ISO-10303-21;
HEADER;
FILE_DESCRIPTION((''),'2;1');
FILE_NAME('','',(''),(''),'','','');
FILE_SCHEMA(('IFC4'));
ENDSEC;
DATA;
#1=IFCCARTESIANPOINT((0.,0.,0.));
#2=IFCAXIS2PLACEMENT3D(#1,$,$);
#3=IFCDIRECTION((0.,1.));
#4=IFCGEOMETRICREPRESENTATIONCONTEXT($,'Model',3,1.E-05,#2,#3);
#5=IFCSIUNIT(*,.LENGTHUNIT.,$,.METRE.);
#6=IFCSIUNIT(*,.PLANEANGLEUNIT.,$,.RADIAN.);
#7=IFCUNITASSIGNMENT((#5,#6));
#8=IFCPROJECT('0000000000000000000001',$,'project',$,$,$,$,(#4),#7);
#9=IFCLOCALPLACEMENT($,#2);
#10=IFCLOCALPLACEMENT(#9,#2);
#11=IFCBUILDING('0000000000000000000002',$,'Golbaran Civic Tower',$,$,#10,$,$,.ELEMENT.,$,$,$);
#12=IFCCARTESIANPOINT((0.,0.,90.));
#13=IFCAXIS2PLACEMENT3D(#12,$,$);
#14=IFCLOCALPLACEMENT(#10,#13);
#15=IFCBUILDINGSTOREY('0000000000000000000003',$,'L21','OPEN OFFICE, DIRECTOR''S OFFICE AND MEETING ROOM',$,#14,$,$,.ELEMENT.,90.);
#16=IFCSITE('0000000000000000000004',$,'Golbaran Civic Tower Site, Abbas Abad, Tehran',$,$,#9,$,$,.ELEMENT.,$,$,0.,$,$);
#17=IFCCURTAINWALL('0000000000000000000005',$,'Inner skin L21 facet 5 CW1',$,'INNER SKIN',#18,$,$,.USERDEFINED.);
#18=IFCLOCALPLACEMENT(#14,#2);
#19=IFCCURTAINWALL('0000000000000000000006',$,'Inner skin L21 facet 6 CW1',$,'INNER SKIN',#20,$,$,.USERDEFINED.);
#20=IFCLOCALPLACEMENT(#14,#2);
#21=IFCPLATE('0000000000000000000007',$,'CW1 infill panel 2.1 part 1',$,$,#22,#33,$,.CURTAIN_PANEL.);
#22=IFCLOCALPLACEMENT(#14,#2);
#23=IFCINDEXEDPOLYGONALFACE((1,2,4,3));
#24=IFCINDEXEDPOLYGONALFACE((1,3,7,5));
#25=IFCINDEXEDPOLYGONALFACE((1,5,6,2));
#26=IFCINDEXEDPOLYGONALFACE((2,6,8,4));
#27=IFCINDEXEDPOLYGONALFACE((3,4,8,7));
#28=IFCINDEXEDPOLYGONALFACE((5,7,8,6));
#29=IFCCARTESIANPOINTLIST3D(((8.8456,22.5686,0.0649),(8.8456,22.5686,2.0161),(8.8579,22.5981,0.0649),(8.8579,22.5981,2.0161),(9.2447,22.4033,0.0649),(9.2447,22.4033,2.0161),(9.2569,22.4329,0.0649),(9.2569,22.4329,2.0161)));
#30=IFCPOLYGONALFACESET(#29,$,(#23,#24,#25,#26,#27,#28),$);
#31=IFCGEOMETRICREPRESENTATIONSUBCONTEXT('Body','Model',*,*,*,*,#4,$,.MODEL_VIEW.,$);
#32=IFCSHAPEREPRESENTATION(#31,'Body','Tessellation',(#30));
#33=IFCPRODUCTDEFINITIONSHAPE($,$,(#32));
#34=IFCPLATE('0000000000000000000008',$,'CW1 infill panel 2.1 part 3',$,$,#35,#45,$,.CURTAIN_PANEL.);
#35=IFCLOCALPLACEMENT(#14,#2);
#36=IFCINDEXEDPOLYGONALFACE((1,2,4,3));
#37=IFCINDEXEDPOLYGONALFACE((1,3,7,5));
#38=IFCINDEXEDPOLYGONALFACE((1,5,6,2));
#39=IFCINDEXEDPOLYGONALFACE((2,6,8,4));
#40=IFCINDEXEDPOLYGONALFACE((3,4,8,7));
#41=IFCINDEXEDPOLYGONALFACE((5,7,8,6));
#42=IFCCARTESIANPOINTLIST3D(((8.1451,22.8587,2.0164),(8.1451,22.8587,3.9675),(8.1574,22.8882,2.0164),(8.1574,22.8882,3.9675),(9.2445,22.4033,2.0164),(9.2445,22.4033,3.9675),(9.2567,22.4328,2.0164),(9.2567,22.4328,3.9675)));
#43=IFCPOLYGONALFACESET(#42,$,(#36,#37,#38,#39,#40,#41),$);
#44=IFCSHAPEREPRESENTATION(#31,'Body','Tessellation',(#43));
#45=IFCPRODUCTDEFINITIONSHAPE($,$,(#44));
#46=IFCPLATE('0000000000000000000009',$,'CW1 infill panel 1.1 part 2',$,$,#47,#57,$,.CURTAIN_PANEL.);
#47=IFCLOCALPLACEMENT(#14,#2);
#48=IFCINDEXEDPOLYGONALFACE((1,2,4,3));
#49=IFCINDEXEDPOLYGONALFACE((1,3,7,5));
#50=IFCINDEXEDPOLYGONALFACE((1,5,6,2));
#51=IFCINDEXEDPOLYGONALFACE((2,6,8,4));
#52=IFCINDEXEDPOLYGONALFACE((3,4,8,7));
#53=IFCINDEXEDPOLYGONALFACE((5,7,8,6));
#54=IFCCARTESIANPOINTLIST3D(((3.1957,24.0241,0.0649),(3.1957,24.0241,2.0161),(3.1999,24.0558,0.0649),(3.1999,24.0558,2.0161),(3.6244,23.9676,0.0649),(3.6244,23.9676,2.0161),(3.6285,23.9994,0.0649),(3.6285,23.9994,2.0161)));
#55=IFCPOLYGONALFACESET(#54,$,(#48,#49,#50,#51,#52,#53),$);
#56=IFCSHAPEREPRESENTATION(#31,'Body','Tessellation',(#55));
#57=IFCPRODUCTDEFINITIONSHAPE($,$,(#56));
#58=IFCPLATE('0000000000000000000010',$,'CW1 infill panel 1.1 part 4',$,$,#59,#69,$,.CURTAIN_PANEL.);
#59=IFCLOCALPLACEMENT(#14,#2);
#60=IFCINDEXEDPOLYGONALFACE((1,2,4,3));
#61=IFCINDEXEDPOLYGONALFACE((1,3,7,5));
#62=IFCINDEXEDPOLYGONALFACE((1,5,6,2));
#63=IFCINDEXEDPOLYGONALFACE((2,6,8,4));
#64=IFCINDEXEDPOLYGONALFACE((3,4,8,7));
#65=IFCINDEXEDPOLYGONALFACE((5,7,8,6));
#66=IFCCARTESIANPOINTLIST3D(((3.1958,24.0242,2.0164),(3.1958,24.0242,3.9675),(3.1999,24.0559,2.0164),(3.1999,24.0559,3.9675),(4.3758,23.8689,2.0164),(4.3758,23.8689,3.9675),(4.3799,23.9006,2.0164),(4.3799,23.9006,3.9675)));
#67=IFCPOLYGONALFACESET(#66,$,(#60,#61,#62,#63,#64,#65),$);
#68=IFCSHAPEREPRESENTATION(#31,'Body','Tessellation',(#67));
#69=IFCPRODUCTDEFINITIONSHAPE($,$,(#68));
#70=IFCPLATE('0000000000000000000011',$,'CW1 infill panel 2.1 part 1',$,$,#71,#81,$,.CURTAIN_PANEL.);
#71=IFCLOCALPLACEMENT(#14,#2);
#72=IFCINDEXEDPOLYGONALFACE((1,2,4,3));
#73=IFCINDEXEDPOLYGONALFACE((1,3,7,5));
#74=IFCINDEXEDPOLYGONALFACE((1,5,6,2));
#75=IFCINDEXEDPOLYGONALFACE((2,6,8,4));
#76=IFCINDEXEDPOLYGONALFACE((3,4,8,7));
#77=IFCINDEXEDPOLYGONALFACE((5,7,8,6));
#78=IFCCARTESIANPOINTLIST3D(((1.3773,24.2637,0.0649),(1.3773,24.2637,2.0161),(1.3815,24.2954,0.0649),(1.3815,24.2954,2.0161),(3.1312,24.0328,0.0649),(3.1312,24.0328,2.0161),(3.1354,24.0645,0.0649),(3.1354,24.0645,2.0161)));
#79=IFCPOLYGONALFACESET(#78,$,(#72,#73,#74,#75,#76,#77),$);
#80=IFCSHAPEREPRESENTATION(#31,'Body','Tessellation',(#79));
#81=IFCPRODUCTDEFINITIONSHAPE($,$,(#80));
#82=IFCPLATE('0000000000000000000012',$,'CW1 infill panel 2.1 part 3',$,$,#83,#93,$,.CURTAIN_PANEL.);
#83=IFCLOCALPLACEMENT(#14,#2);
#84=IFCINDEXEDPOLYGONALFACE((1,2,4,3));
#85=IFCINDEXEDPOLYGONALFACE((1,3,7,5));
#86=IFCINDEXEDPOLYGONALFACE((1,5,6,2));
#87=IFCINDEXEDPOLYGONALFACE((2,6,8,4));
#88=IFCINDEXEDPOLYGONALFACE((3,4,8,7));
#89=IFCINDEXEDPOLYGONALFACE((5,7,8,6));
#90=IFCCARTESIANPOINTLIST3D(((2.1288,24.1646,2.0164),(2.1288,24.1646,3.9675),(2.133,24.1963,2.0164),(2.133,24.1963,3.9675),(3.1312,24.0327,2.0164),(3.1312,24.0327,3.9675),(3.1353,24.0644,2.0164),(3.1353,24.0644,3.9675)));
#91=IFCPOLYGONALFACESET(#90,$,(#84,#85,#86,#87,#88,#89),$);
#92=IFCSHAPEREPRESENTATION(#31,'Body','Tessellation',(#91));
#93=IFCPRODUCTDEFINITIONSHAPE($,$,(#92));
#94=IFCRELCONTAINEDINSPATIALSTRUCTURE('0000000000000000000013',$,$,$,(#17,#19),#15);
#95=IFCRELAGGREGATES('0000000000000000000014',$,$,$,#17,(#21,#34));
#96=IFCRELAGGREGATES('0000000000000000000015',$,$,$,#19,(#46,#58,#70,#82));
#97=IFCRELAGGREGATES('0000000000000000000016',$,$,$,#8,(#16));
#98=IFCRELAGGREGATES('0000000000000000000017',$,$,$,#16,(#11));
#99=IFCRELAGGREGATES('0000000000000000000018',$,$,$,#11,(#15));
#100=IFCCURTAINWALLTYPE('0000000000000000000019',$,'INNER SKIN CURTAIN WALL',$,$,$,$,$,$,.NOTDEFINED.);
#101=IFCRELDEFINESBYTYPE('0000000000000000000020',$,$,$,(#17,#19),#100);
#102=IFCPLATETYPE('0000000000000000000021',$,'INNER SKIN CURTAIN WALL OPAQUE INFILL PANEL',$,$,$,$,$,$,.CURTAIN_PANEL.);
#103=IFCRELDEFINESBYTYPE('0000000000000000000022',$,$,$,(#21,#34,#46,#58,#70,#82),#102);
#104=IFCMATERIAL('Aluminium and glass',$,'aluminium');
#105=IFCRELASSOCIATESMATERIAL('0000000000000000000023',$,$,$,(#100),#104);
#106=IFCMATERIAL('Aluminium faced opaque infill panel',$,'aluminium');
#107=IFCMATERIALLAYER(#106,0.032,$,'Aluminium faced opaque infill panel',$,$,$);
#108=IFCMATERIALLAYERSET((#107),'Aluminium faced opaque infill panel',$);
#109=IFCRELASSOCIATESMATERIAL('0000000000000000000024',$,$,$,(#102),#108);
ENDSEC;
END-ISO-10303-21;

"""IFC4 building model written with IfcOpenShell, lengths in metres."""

from ifc_helpers import new_model, si_unit, direction, frame, origin, origin_2d, place, context, subcontext, project, spatial, rectangle, extrude, material, layer, layer_set, type_object, element, aggregate, save


model = new_model("IFC4")

# Units and contexts
model_context = context("Model", 3, precision=1e-05, world=origin(), true_north=direction((0.0, 1.0)))
body_context = subcontext(model_context, "Body", "Model", "MODEL_VIEW")
ifc_project = project(units=[si_unit("LENGTHUNIT", "METRE"), si_unit("PLANEANGLEUNIT", "RADIAN")], contexts=[model_context])

# Site, building, storey
site_placement = place(None, origin())
site = spatial("IfcSite", under=ifc_project, at=site_placement, Name="Golbaran Civic Tower Site, Abbas Abad, Tehran", CompositionType="ELEMENT", RefElevation=0.0)
building_placement = place(site_placement, origin())
building = spatial("IfcBuilding", under=site, at=building_placement, Name="Golbaran Civic Tower", CompositionType="ELEMENT")
storey_placement = place(building_placement, frame((0.0, 0.0, 90.0)))
storey = spatial("IfcBuildingStorey", under=building, at=storey_placement, Name="L21", Description="OPEN OFFICE, DIRECTOR'S OFFICE AND MEETING ROOM", CompositionType="ELEMENT", Elevation=90.0)

# Curtain walls
ifc_material_1 = material(Name="Aluminium and glass", Category="aluminium")
curtain_wall_type = type_object("IfcCurtainWallType", Name="INNER SKIN CURTAIN WALL", PredefinedType="NOTDEFINED", material=ifc_material_1)
curtain_wall_1_placement = place(storey_placement, origin())
curtain_wall_1 = element("IfcCurtainWall", 1, at=curtain_wall_1_placement, inside=storey, type_object=curtain_wall_type, Name="Inner skin L21 facet 5 CW1", ObjectType="INNER SKIN", PredefinedType="USERDEFINED")
curtain_wall_2_placement = place(storey_placement, origin())
curtain_wall_2 = element("IfcCurtainWall", 2, at=curtain_wall_2_placement, inside=storey, type_object=curtain_wall_type, Name="Inner skin L21 facet 6 CW1", ObjectType="INNER SKIN", PredefinedType="USERDEFINED")

# Plates
ifc_material_2 = material(Name="Aluminium faced opaque infill panel", Category="aluminium")
ifc_layer_1 = layer(ifc_material_2, 0.032, Name="Aluminium faced opaque infill panel")
ifc_layer_set_1 = layer_set([ifc_layer_1], Name="Aluminium faced opaque infill panel")
plate_type_1 = type_object("IfcPlateType", Name="INNER SKIN CURTAIN WALL OPAQUE INFILL PANEL", PredefinedType="CURTAIN_PANEL", material=ifc_layer_set_1)
plate_1_placement = place(storey_placement, frame((9.0513, 22.5007, 0.0649), z_axis=(0.0, 0.0, 1.0), x_axis=(-0.92388, 0.382683, 0.0)))
plate_1 = element("IfcPlate", 3, at=plate_1_placement, type_object=plate_type_1, Name="CW1 infill panel 2.1 part 1", PredefinedType="CURTAIN_PANEL", context=body_context, shape_type="SweptSolid", body=[
    extrude(rectangle(XDim=0.4319, YDim=0.032, at=origin_2d()), origin(), (0.0, 0.0, 1.0), 1.9512),
])
plate_2_placement = place(storey_placement, frame((8.7009, 22.6458, 2.0164), z_axis=(0.0, 0.0, 1.0), x_axis=(-0.92388, 0.382683, 0.0)))
plate_2 = element("IfcPlate", 4, at=plate_2_placement, type_object=plate_type_1, Name="CW1 infill panel 2.1 part 3", PredefinedType="CURTAIN_PANEL", context=body_context, shape_type="SweptSolid", body=[
    extrude(rectangle(XDim=1.1899, YDim=0.032, at=origin_2d()), origin(), (0.0, 0.0, 1.0), 1.9512),
])
aggregate(curtain_wall_1, [plate_1, plate_2])
plate_3_placement = place(storey_placement, frame((3.4121, 24.0117, 0.0649), z_axis=(0.0, 0.0, 1.0), x_axis=(-0.991445, 0.130526, 0.0)))
plate_3 = element("IfcPlate", 5, at=plate_3_placement, type_object=plate_type_1, Name="CW1 infill panel 1.1 part 2", PredefinedType="CURTAIN_PANEL", context=body_context, shape_type="SweptSolid", body=[
    extrude(rectangle(XDim=0.4324, YDim=0.032, at=origin_2d()), origin(), (0.0, 0.0, 1.0), 1.9512),
])
plate_4_placement = place(storey_placement, frame((3.7878, 23.9624, 2.0164), z_axis=(0.0, 0.0, 1.0), x_axis=(-0.991445, 0.130526, 0.0)))
plate_4 = element("IfcPlate", 6, at=plate_4_placement, type_object=plate_type_1, Name="CW1 infill panel 1.1 part 4", PredefinedType="CURTAIN_PANEL", context=body_context, shape_type="SweptSolid", body=[
    extrude(rectangle(XDim=1.1902, YDim=0.032, at=origin_2d()), origin(), (0.0, 0.0, 1.0), 1.9512),
])
plate_5_placement = place(storey_placement, frame((2.2563, 24.1641, 0.0649), z_axis=(0.0, 0.0, 1.0), x_axis=(-0.991445, 0.130526, 0.0)))
plate_5 = element("IfcPlate", 7, at=plate_5_placement, type_object=plate_type_1, Name="CW1 infill panel 2.1 part 1", PredefinedType="CURTAIN_PANEL", context=body_context, shape_type="SweptSolid", body=[
    extrude(rectangle(XDim=1.769, YDim=0.032, at=origin_2d()), origin(), (0.0, 0.0, 1.0), 1.9512),
])
plate_6_placement = place(storey_placement, frame((2.6321, 24.1145, 2.0164), z_axis=(0.0, 0.0, 1.0), x_axis=(-0.991445, 0.130526, 0.0)))
plate_6 = element("IfcPlate", 8, at=plate_6_placement, type_object=plate_type_1, Name="CW1 infill panel 2.1 part 3", PredefinedType="CURTAIN_PANEL", context=body_context, shape_type="SweptSolid", body=[
    extrude(rectangle(XDim=1.011, YDim=0.032, at=origin_2d()), origin(), (0.0, 0.0, 1.0), 1.9512),
])
aggregate(curtain_wall_2, [plate_3, plate_4, plate_5, plate_6])

save(model, "model.ifc")
